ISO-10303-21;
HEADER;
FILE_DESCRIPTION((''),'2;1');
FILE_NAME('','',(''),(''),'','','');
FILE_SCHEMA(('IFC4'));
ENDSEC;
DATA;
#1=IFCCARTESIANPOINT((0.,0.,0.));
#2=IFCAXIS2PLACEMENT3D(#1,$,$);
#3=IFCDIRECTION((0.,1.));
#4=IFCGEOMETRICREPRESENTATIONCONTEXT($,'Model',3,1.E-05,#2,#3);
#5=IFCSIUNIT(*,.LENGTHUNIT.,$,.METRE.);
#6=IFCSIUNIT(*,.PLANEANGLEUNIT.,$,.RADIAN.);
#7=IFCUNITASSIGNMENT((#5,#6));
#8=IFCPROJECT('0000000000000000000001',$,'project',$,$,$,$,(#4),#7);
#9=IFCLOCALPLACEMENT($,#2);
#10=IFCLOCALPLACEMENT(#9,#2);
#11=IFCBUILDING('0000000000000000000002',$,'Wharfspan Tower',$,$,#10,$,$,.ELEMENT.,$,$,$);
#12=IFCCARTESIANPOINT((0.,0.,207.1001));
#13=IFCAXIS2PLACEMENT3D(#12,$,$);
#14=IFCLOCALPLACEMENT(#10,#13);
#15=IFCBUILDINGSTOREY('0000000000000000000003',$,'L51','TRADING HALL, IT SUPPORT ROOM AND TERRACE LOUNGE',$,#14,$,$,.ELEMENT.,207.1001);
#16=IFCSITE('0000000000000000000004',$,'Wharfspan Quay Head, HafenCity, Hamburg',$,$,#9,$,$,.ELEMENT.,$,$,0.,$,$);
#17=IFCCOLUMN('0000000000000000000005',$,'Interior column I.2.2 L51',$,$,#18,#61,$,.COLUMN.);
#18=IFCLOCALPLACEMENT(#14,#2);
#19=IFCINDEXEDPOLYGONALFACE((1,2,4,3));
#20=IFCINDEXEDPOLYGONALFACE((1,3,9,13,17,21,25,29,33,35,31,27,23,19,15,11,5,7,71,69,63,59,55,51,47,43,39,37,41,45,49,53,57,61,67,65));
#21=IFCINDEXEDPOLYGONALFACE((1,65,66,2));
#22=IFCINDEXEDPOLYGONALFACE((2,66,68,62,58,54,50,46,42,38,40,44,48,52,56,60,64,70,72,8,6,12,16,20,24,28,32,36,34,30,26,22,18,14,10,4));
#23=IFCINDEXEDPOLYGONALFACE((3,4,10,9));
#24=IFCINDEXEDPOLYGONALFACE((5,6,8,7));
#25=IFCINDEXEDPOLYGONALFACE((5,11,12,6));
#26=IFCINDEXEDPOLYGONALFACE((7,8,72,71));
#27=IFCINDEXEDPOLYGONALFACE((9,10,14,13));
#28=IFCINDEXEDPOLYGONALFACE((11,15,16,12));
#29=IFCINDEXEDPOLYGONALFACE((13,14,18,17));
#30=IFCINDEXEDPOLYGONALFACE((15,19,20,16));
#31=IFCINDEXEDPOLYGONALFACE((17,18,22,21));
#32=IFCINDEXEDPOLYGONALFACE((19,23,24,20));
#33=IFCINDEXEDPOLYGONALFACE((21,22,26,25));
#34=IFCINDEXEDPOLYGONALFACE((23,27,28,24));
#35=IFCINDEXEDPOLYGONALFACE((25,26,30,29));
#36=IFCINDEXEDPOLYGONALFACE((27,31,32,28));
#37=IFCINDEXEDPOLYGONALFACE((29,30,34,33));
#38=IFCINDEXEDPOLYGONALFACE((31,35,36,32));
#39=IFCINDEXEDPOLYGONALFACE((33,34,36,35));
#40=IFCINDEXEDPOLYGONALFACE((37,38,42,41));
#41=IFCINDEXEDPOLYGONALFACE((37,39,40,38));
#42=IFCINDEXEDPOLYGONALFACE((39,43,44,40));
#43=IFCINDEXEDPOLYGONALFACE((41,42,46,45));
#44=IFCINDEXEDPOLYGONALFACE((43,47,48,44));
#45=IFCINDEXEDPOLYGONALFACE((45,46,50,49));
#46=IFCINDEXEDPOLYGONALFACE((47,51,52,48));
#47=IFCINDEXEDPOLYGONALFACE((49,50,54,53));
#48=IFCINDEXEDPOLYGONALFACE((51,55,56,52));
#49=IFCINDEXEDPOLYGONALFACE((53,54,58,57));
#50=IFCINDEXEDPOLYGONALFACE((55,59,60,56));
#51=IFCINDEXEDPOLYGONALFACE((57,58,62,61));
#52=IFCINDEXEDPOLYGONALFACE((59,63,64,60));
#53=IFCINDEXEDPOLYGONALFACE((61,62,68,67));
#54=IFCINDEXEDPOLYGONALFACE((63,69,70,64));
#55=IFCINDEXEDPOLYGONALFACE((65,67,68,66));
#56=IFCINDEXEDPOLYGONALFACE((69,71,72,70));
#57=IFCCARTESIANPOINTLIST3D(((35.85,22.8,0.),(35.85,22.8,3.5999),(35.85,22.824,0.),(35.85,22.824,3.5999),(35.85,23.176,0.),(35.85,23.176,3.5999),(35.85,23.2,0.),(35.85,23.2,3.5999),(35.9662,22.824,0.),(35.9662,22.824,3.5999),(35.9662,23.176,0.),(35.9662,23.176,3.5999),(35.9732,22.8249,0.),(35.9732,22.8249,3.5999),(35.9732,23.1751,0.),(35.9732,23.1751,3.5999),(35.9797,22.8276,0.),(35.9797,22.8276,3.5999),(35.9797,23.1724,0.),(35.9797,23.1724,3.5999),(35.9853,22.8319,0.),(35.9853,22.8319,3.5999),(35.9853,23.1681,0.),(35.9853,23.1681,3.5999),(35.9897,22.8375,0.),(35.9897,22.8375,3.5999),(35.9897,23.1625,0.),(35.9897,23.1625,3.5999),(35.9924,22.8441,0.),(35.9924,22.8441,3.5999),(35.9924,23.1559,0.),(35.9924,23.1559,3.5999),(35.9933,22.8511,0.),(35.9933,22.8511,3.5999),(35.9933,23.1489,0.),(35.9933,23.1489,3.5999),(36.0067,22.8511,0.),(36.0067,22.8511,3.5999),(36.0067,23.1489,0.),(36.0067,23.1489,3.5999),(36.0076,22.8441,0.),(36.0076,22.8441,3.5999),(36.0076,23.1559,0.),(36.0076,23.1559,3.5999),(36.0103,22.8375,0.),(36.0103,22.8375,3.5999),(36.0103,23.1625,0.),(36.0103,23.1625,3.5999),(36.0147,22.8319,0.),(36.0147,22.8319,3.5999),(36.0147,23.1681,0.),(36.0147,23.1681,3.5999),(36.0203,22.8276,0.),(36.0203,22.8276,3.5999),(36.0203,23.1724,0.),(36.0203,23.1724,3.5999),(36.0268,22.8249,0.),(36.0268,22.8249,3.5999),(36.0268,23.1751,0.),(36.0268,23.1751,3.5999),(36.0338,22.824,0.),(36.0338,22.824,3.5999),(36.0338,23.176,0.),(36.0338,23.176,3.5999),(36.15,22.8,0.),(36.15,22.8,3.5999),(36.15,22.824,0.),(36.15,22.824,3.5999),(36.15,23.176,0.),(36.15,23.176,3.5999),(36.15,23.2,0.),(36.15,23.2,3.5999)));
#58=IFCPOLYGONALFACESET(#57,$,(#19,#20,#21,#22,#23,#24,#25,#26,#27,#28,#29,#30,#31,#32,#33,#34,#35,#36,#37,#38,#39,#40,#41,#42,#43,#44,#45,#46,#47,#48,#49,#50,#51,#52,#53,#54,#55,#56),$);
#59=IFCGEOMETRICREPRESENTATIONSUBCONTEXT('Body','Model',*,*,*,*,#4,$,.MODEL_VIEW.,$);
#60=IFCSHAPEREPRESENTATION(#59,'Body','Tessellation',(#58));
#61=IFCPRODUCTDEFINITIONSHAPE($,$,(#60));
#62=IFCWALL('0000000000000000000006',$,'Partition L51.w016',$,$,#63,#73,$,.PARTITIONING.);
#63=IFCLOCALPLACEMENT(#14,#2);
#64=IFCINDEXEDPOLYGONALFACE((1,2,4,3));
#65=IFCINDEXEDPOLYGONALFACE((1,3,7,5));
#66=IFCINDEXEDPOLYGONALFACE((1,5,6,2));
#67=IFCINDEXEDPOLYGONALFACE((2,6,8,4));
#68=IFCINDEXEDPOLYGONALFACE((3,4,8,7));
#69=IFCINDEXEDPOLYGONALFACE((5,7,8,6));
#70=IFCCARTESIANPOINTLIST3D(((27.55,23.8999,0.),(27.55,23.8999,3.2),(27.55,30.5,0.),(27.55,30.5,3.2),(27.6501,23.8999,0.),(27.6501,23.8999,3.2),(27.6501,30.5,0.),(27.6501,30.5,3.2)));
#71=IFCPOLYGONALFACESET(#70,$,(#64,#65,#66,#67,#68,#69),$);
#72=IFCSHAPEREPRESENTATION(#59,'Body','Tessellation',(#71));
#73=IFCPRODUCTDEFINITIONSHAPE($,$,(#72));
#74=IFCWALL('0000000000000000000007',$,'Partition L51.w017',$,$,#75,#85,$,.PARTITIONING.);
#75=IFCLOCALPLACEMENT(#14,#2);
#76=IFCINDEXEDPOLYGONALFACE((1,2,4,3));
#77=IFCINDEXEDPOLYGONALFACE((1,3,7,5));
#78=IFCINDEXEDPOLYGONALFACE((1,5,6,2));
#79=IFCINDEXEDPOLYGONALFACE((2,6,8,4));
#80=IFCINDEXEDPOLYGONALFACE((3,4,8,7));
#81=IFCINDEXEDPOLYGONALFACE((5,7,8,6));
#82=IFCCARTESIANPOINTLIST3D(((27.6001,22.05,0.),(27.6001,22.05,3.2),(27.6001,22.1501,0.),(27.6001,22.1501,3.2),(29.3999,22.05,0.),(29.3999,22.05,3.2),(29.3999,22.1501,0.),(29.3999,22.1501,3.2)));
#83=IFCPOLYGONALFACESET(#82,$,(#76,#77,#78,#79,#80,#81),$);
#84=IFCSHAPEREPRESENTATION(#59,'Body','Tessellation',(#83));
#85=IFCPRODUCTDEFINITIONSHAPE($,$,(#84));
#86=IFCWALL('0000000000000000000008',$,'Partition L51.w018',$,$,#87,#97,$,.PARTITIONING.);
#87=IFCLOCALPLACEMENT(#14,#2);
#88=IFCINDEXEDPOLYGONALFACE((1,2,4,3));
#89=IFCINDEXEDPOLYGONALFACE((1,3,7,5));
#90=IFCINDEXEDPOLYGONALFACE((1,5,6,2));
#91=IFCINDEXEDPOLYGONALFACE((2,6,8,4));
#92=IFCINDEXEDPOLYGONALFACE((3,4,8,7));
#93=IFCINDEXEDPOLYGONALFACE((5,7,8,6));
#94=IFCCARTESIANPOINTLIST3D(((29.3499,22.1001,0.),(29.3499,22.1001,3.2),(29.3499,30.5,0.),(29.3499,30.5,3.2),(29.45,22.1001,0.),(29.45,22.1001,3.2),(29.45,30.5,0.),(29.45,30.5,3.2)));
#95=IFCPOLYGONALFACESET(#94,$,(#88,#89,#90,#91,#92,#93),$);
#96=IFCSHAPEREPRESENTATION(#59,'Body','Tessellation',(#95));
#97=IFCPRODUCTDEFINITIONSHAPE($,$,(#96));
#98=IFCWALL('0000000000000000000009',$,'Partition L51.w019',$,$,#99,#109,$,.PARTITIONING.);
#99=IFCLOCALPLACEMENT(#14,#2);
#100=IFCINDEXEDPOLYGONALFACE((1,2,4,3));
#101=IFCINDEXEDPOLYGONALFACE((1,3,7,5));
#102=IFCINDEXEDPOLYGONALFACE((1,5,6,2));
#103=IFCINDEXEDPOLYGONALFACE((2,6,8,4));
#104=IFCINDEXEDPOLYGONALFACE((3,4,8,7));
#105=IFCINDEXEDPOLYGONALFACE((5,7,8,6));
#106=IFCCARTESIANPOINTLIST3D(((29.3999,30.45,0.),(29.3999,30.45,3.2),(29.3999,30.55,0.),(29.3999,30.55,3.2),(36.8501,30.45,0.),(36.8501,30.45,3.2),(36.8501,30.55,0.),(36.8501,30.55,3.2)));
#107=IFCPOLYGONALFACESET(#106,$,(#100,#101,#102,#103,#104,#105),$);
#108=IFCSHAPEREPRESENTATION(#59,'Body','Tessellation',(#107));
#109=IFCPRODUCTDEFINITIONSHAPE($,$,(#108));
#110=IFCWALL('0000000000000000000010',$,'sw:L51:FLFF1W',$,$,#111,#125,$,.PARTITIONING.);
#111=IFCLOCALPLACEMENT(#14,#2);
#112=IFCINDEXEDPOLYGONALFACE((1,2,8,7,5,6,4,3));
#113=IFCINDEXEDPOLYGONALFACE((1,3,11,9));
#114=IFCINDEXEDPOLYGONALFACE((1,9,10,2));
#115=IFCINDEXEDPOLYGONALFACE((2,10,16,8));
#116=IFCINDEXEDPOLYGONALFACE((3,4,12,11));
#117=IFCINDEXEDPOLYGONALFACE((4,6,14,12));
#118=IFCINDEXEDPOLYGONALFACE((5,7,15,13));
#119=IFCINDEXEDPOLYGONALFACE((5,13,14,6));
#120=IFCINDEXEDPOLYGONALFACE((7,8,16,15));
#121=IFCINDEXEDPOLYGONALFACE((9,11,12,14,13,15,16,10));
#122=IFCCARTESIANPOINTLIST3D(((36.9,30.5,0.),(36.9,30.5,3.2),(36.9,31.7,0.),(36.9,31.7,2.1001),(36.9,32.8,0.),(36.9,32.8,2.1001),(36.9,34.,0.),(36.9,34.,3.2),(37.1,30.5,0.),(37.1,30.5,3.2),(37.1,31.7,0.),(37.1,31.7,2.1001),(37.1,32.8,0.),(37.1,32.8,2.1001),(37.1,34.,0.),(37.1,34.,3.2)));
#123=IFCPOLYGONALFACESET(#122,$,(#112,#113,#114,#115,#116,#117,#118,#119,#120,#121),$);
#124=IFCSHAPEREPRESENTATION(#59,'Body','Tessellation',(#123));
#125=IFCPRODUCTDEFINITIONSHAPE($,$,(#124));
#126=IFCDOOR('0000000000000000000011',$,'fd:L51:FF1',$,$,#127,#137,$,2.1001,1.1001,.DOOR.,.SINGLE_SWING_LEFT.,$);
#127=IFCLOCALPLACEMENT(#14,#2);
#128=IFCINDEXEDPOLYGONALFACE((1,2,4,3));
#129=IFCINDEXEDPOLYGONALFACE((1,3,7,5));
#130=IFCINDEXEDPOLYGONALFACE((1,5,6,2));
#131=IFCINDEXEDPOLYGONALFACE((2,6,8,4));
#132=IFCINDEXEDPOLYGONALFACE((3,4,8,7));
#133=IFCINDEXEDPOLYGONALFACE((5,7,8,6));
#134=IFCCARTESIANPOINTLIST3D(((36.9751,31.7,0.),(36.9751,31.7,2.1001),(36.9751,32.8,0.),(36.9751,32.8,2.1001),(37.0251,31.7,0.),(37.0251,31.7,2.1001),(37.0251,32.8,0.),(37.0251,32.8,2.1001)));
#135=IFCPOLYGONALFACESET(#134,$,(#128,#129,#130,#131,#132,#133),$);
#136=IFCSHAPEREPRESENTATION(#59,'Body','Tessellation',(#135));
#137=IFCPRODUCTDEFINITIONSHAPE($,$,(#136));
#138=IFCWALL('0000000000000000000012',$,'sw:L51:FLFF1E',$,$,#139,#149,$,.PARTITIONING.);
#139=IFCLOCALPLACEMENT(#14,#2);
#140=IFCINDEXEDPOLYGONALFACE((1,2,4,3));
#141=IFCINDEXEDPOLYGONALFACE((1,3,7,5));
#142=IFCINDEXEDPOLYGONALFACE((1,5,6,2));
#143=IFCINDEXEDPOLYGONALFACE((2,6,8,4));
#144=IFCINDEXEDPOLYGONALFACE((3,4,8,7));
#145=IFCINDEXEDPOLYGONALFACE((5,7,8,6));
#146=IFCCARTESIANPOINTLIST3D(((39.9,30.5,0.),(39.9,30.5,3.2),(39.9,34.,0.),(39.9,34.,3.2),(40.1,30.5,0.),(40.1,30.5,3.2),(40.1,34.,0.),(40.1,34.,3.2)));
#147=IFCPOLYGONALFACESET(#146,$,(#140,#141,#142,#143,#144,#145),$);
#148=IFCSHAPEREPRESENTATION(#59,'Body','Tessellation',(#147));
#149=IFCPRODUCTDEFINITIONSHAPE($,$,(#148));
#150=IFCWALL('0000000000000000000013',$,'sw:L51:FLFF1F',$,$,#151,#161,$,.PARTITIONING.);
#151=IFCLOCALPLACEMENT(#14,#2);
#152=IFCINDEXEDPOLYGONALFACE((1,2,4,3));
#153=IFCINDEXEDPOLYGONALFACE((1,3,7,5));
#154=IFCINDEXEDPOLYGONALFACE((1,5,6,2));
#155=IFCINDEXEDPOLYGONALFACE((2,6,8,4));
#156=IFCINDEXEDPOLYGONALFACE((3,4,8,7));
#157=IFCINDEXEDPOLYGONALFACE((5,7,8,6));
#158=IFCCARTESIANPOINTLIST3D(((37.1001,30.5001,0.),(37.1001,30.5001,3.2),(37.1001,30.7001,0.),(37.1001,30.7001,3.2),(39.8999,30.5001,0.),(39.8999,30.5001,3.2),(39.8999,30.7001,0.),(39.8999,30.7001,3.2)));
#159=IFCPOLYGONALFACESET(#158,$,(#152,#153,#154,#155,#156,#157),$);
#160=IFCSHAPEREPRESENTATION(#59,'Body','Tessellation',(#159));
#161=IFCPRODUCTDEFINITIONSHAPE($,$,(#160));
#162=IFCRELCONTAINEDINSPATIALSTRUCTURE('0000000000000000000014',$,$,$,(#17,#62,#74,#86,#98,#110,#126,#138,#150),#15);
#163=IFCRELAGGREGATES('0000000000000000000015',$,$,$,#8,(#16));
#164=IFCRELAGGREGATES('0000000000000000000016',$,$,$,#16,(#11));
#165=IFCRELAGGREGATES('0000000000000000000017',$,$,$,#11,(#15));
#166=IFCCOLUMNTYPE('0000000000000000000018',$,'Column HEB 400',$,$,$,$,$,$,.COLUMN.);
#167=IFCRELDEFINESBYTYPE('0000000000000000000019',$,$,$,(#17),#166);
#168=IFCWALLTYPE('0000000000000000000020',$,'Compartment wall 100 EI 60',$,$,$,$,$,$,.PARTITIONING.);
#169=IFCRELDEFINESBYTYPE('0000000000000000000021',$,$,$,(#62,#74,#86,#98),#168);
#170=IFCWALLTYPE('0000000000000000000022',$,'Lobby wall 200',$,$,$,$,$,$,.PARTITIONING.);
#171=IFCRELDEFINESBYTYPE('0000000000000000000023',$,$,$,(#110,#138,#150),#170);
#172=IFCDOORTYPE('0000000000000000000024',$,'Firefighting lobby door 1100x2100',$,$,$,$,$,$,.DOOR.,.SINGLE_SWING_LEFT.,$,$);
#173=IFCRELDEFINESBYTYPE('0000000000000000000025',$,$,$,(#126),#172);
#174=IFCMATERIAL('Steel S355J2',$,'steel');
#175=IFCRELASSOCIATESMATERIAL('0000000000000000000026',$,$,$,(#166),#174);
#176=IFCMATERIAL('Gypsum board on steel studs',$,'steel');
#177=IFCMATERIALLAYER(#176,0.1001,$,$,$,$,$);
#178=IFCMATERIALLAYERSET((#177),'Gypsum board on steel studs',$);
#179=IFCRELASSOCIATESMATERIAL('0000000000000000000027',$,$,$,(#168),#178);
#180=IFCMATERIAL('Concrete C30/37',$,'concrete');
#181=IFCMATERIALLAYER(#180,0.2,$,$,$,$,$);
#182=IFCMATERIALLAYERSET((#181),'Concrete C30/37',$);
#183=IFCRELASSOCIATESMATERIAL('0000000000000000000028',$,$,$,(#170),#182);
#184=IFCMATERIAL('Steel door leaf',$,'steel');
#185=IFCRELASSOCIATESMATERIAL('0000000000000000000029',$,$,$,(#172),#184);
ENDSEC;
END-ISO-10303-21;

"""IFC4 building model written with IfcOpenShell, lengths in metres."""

from ifc_helpers import new_model, si_unit, direction, frame, frame_2d, origin, origin_2d, place, context, subcontext, project, spatial, rectangle, i_section, extrude, material, layer, layer_set, material_profile, profile_set, type_object, element, fill, save


model = new_model("IFC4")

# Units and contexts
model_context = context("Model", 3, precision=1e-05, world=origin(), true_north=direction((0.0, 1.0)))
body_context = subcontext(model_context, "Body", "Model", "MODEL_VIEW")
ifc_project = project(units=[si_unit("LENGTHUNIT", "METRE"), si_unit("PLANEANGLEUNIT", "RADIAN")], contexts=[model_context])

# Site, building, storey
site_placement = place(None, origin())
site = spatial("IfcSite", under=ifc_project, at=site_placement, Name="Wharfspan Quay Head, HafenCity, Hamburg", CompositionType="ELEMENT", RefElevation=0.0)
building_placement = place(site_placement, origin())
building = spatial("IfcBuilding", under=site, at=building_placement, Name="Wharfspan Tower", CompositionType="ELEMENT")
storey_placement = place(building_placement, frame((0.0, 0.0, 207.1001)))
storey = spatial("IfcBuildingStorey", under=building, at=storey_placement, Name="L51", Description="TRADING HALL, IT SUPPORT ROOM AND TERRACE LOUNGE", CompositionType="ELEMENT", Elevation=207.1001)

# Column
ifc_material_1 = material(Name="Steel S355J2", Category="steel")
ifc_material_profile = material_profile(ifc_material_1, i_section(OverallWidth=0.3, OverallDepth=0.3999, WebThickness=0.0134, FlangeThickness=0.0239, FilletRadius=0.0271, at=origin_2d()))
ifc_profile_set = profile_set([ifc_material_profile], Name="Steel S355J2")
column_type = type_object("IfcColumnType", Name="Column HEB 400", PredefinedType="COLUMN", material=ifc_profile_set)
column_placement = place(storey_placement, frame((36.0, 23.0, 0.0), z_axis=(0.0, 0.0, 1.0), x_axis=(1.0, 0.0, 0.0)))
element("IfcColumn", 1, at=column_placement, inside=storey, type_object=column_type, Name="Interior column I.2.2 L51", PredefinedType="COLUMN", context=body_context, shape_type="SweptSolid", body=[
    extrude(i_section(OverallWidth=0.3, OverallDepth=0.3999, WebThickness=0.0134, FlangeThickness=0.0239, FilletRadius=0.0271, at=origin_2d()), origin(), (0.0, 0.0, 1.0), 3.5999),
])

# Walls
ifc_material_2 = material(Name="Gypsum board on steel studs", Category="steel")
ifc_layer_1 = layer(ifc_material_2, 0.1001)
ifc_layer_set_1 = layer_set([ifc_layer_1], Name="Gypsum board on steel studs")
wall_type_1 = type_object("IfcWallType", Name="Compartment wall 100 EI 60", PredefinedType="PARTITIONING", material=ifc_layer_set_1)
wall_1_placement = place(storey_placement, frame((27.6001, 23.8999, 0.0), z_axis=(0.0, 0.0, 1.0), x_axis=(0.0, 1.0, 0.0)))
element("IfcWall", 2, at=wall_1_placement, inside=storey, type_object=wall_type_1, Name="Partition L51.w016", PredefinedType="PARTITIONING", context=body_context, shape_type="SweptSolid", body=[
    extrude(rectangle(XDim=6.6001, YDim=0.1001, at=frame_2d((3.3, 0.0))), origin(), (0.0, 0.0, 1.0), 3.2),
])
wall_2_placement = place(storey_placement, frame((27.6001, 22.1001, 0.0), z_axis=(0.0, 0.0, 1.0), x_axis=(1.0, 0.0, 0.0)))
element("IfcWall", 3, at=wall_2_placement, inside=storey, type_object=wall_type_1, Name="Partition L51.w017", PredefinedType="PARTITIONING", context=body_context, shape_type="SweptSolid", body=[
    extrude(rectangle(XDim=1.7998, YDim=0.1001, at=frame_2d((0.8999, 0.0))), origin(), (0.0, 0.0, 1.0), 3.2),
])
wall_3_placement = place(storey_placement, frame((29.3999, 22.1001, 0.0), z_axis=(0.0, 0.0, 1.0), x_axis=(0.0, 1.0, 0.0)))
element("IfcWall", 4, at=wall_3_placement, inside=storey, type_object=wall_type_1, Name="Partition L51.w018", PredefinedType="PARTITIONING", context=body_context, shape_type="SweptSolid", body=[
    extrude(rectangle(XDim=8.3999, YDim=0.1001, at=frame_2d((4.2, 0.0))), origin(), (0.0, 0.0, 1.0), 3.2),
])
wall_4_placement = place(storey_placement, frame((29.3999, 30.5, 0.0), z_axis=(0.0, 0.0, 1.0), x_axis=(1.0, 0.0, 0.0)))
element("IfcWall", 5, at=wall_4_placement, inside=storey, type_object=wall_type_1, Name="Partition L51.w019", PredefinedType="PARTITIONING", context=body_context, shape_type="SweptSolid", body=[
    extrude(rectangle(XDim=7.4502, YDim=0.1001, at=frame_2d((3.7251, 0.0))), origin(), (0.0, 0.0, 1.0), 3.2),
])

# Wall, opening, door
ifc_material_3 = material(Name="Concrete C30/37", Category="concrete")
ifc_layer_2 = layer(ifc_material_3, 0.2)
ifc_layer_set_2 = layer_set([ifc_layer_2], Name="Concrete C30/37")
wall_type_2 = type_object("IfcWallType", Name="Lobby wall 200", PredefinedType="PARTITIONING", material=ifc_layer_set_2)
wall_5_placement = place(storey_placement, frame((37.0, 30.5, 0.0), z_axis=(0.0, 0.0, 1.0), x_axis=(0.0, 1.0, 0.0)))
wall_5 = element("IfcWall", 6, at=wall_5_placement, inside=storey, type_object=wall_type_2, Name="sw:L51:FLFF1W", PredefinedType="PARTITIONING", context=body_context, shape_type="SweptSolid", body=[
    extrude(rectangle(XDim=3.5, YDim=0.2, at=frame_2d((1.75, 0.0))), origin(), (0.0, 0.0, 1.0), 3.2),
])
opening_1_placement = place(wall_5_placement, frame((1.2, 0.0, 0.0)))
opening_1 = element("IfcOpeningElement", 7, at=opening_1_placement, cuts=wall_5, PredefinedType="OPENING", context=body_context, shape_type="SweptSolid", body=[
    extrude(rectangle(XDim=1.1001, YDim=2.1001, at=frame_2d((0.55, 1.05))), frame((0.0, 0.1099, 0.0), z_axis=(0.0, -1.0, 0.0), x_axis=(1.0, 0.0, 0.0)), (0.0, 0.0, 1.0), 0.22),
])
ifc_material_4 = material(Name="Steel door leaf", Category="steel")
door_type_1 = type_object("IfcDoorType", Name="Firefighting lobby door 1100x2100", OperationType="SINGLE_SWING_LEFT", PredefinedType="DOOR", material=ifc_material_4)
door_1_placement = place(opening_1_placement, origin())
door_1 = element("IfcDoor", 8, at=door_1_placement, inside=storey, type_object=door_type_1, Name="fd:L51:FF1", OperationType="SINGLE_SWING_LEFT", OverallHeight=2.1001, OverallWidth=1.1001, PredefinedType="DOOR", context=body_context, shape_type="SweptSolid", body=[
    extrude(rectangle(XDim=1.1001, YDim=2.1001, at=frame_2d((0.55, 1.05))), frame((0.0, 0.0249, 0.0), z_axis=(0.0, -1.0, 0.0), x_axis=(1.0, 0.0, 0.0)), (0.0, 0.0, 1.0), 0.05),
])
fill(opening_1, door_1)

# Walls
wall_6_placement = place(storey_placement, frame((40.0, 30.5, 0.0), z_axis=(0.0, 0.0, 1.0), x_axis=(0.0, 1.0, 0.0)))
element("IfcWall", 9, at=wall_6_placement, inside=storey, type_object=wall_type_2, Name="sw:L51:FLFF1E", PredefinedType="PARTITIONING", context=body_context, shape_type="SweptSolid", body=[
    extrude(rectangle(XDim=3.5, YDim=0.2, at=frame_2d((1.75, 0.0))), origin(), (0.0, 0.0, 1.0), 3.2),
])
wall_7_placement = place(storey_placement, frame((37.1001, 30.6001, 0.0), z_axis=(0.0, 0.0, 1.0), x_axis=(1.0, 0.0, 0.0)))
element("IfcWall", 10, at=wall_7_placement, inside=storey, type_object=wall_type_2, Name="sw:L51:FLFF1F", PredefinedType="PARTITIONING", context=body_context, shape_type="SweptSolid", body=[
    extrude(rectangle(XDim=2.7998, YDim=0.2, at=frame_2d((1.3999, 0.0))), origin(), (0.0, 0.0, 1.0), 3.2),
])

save(model, "model.ifc")
